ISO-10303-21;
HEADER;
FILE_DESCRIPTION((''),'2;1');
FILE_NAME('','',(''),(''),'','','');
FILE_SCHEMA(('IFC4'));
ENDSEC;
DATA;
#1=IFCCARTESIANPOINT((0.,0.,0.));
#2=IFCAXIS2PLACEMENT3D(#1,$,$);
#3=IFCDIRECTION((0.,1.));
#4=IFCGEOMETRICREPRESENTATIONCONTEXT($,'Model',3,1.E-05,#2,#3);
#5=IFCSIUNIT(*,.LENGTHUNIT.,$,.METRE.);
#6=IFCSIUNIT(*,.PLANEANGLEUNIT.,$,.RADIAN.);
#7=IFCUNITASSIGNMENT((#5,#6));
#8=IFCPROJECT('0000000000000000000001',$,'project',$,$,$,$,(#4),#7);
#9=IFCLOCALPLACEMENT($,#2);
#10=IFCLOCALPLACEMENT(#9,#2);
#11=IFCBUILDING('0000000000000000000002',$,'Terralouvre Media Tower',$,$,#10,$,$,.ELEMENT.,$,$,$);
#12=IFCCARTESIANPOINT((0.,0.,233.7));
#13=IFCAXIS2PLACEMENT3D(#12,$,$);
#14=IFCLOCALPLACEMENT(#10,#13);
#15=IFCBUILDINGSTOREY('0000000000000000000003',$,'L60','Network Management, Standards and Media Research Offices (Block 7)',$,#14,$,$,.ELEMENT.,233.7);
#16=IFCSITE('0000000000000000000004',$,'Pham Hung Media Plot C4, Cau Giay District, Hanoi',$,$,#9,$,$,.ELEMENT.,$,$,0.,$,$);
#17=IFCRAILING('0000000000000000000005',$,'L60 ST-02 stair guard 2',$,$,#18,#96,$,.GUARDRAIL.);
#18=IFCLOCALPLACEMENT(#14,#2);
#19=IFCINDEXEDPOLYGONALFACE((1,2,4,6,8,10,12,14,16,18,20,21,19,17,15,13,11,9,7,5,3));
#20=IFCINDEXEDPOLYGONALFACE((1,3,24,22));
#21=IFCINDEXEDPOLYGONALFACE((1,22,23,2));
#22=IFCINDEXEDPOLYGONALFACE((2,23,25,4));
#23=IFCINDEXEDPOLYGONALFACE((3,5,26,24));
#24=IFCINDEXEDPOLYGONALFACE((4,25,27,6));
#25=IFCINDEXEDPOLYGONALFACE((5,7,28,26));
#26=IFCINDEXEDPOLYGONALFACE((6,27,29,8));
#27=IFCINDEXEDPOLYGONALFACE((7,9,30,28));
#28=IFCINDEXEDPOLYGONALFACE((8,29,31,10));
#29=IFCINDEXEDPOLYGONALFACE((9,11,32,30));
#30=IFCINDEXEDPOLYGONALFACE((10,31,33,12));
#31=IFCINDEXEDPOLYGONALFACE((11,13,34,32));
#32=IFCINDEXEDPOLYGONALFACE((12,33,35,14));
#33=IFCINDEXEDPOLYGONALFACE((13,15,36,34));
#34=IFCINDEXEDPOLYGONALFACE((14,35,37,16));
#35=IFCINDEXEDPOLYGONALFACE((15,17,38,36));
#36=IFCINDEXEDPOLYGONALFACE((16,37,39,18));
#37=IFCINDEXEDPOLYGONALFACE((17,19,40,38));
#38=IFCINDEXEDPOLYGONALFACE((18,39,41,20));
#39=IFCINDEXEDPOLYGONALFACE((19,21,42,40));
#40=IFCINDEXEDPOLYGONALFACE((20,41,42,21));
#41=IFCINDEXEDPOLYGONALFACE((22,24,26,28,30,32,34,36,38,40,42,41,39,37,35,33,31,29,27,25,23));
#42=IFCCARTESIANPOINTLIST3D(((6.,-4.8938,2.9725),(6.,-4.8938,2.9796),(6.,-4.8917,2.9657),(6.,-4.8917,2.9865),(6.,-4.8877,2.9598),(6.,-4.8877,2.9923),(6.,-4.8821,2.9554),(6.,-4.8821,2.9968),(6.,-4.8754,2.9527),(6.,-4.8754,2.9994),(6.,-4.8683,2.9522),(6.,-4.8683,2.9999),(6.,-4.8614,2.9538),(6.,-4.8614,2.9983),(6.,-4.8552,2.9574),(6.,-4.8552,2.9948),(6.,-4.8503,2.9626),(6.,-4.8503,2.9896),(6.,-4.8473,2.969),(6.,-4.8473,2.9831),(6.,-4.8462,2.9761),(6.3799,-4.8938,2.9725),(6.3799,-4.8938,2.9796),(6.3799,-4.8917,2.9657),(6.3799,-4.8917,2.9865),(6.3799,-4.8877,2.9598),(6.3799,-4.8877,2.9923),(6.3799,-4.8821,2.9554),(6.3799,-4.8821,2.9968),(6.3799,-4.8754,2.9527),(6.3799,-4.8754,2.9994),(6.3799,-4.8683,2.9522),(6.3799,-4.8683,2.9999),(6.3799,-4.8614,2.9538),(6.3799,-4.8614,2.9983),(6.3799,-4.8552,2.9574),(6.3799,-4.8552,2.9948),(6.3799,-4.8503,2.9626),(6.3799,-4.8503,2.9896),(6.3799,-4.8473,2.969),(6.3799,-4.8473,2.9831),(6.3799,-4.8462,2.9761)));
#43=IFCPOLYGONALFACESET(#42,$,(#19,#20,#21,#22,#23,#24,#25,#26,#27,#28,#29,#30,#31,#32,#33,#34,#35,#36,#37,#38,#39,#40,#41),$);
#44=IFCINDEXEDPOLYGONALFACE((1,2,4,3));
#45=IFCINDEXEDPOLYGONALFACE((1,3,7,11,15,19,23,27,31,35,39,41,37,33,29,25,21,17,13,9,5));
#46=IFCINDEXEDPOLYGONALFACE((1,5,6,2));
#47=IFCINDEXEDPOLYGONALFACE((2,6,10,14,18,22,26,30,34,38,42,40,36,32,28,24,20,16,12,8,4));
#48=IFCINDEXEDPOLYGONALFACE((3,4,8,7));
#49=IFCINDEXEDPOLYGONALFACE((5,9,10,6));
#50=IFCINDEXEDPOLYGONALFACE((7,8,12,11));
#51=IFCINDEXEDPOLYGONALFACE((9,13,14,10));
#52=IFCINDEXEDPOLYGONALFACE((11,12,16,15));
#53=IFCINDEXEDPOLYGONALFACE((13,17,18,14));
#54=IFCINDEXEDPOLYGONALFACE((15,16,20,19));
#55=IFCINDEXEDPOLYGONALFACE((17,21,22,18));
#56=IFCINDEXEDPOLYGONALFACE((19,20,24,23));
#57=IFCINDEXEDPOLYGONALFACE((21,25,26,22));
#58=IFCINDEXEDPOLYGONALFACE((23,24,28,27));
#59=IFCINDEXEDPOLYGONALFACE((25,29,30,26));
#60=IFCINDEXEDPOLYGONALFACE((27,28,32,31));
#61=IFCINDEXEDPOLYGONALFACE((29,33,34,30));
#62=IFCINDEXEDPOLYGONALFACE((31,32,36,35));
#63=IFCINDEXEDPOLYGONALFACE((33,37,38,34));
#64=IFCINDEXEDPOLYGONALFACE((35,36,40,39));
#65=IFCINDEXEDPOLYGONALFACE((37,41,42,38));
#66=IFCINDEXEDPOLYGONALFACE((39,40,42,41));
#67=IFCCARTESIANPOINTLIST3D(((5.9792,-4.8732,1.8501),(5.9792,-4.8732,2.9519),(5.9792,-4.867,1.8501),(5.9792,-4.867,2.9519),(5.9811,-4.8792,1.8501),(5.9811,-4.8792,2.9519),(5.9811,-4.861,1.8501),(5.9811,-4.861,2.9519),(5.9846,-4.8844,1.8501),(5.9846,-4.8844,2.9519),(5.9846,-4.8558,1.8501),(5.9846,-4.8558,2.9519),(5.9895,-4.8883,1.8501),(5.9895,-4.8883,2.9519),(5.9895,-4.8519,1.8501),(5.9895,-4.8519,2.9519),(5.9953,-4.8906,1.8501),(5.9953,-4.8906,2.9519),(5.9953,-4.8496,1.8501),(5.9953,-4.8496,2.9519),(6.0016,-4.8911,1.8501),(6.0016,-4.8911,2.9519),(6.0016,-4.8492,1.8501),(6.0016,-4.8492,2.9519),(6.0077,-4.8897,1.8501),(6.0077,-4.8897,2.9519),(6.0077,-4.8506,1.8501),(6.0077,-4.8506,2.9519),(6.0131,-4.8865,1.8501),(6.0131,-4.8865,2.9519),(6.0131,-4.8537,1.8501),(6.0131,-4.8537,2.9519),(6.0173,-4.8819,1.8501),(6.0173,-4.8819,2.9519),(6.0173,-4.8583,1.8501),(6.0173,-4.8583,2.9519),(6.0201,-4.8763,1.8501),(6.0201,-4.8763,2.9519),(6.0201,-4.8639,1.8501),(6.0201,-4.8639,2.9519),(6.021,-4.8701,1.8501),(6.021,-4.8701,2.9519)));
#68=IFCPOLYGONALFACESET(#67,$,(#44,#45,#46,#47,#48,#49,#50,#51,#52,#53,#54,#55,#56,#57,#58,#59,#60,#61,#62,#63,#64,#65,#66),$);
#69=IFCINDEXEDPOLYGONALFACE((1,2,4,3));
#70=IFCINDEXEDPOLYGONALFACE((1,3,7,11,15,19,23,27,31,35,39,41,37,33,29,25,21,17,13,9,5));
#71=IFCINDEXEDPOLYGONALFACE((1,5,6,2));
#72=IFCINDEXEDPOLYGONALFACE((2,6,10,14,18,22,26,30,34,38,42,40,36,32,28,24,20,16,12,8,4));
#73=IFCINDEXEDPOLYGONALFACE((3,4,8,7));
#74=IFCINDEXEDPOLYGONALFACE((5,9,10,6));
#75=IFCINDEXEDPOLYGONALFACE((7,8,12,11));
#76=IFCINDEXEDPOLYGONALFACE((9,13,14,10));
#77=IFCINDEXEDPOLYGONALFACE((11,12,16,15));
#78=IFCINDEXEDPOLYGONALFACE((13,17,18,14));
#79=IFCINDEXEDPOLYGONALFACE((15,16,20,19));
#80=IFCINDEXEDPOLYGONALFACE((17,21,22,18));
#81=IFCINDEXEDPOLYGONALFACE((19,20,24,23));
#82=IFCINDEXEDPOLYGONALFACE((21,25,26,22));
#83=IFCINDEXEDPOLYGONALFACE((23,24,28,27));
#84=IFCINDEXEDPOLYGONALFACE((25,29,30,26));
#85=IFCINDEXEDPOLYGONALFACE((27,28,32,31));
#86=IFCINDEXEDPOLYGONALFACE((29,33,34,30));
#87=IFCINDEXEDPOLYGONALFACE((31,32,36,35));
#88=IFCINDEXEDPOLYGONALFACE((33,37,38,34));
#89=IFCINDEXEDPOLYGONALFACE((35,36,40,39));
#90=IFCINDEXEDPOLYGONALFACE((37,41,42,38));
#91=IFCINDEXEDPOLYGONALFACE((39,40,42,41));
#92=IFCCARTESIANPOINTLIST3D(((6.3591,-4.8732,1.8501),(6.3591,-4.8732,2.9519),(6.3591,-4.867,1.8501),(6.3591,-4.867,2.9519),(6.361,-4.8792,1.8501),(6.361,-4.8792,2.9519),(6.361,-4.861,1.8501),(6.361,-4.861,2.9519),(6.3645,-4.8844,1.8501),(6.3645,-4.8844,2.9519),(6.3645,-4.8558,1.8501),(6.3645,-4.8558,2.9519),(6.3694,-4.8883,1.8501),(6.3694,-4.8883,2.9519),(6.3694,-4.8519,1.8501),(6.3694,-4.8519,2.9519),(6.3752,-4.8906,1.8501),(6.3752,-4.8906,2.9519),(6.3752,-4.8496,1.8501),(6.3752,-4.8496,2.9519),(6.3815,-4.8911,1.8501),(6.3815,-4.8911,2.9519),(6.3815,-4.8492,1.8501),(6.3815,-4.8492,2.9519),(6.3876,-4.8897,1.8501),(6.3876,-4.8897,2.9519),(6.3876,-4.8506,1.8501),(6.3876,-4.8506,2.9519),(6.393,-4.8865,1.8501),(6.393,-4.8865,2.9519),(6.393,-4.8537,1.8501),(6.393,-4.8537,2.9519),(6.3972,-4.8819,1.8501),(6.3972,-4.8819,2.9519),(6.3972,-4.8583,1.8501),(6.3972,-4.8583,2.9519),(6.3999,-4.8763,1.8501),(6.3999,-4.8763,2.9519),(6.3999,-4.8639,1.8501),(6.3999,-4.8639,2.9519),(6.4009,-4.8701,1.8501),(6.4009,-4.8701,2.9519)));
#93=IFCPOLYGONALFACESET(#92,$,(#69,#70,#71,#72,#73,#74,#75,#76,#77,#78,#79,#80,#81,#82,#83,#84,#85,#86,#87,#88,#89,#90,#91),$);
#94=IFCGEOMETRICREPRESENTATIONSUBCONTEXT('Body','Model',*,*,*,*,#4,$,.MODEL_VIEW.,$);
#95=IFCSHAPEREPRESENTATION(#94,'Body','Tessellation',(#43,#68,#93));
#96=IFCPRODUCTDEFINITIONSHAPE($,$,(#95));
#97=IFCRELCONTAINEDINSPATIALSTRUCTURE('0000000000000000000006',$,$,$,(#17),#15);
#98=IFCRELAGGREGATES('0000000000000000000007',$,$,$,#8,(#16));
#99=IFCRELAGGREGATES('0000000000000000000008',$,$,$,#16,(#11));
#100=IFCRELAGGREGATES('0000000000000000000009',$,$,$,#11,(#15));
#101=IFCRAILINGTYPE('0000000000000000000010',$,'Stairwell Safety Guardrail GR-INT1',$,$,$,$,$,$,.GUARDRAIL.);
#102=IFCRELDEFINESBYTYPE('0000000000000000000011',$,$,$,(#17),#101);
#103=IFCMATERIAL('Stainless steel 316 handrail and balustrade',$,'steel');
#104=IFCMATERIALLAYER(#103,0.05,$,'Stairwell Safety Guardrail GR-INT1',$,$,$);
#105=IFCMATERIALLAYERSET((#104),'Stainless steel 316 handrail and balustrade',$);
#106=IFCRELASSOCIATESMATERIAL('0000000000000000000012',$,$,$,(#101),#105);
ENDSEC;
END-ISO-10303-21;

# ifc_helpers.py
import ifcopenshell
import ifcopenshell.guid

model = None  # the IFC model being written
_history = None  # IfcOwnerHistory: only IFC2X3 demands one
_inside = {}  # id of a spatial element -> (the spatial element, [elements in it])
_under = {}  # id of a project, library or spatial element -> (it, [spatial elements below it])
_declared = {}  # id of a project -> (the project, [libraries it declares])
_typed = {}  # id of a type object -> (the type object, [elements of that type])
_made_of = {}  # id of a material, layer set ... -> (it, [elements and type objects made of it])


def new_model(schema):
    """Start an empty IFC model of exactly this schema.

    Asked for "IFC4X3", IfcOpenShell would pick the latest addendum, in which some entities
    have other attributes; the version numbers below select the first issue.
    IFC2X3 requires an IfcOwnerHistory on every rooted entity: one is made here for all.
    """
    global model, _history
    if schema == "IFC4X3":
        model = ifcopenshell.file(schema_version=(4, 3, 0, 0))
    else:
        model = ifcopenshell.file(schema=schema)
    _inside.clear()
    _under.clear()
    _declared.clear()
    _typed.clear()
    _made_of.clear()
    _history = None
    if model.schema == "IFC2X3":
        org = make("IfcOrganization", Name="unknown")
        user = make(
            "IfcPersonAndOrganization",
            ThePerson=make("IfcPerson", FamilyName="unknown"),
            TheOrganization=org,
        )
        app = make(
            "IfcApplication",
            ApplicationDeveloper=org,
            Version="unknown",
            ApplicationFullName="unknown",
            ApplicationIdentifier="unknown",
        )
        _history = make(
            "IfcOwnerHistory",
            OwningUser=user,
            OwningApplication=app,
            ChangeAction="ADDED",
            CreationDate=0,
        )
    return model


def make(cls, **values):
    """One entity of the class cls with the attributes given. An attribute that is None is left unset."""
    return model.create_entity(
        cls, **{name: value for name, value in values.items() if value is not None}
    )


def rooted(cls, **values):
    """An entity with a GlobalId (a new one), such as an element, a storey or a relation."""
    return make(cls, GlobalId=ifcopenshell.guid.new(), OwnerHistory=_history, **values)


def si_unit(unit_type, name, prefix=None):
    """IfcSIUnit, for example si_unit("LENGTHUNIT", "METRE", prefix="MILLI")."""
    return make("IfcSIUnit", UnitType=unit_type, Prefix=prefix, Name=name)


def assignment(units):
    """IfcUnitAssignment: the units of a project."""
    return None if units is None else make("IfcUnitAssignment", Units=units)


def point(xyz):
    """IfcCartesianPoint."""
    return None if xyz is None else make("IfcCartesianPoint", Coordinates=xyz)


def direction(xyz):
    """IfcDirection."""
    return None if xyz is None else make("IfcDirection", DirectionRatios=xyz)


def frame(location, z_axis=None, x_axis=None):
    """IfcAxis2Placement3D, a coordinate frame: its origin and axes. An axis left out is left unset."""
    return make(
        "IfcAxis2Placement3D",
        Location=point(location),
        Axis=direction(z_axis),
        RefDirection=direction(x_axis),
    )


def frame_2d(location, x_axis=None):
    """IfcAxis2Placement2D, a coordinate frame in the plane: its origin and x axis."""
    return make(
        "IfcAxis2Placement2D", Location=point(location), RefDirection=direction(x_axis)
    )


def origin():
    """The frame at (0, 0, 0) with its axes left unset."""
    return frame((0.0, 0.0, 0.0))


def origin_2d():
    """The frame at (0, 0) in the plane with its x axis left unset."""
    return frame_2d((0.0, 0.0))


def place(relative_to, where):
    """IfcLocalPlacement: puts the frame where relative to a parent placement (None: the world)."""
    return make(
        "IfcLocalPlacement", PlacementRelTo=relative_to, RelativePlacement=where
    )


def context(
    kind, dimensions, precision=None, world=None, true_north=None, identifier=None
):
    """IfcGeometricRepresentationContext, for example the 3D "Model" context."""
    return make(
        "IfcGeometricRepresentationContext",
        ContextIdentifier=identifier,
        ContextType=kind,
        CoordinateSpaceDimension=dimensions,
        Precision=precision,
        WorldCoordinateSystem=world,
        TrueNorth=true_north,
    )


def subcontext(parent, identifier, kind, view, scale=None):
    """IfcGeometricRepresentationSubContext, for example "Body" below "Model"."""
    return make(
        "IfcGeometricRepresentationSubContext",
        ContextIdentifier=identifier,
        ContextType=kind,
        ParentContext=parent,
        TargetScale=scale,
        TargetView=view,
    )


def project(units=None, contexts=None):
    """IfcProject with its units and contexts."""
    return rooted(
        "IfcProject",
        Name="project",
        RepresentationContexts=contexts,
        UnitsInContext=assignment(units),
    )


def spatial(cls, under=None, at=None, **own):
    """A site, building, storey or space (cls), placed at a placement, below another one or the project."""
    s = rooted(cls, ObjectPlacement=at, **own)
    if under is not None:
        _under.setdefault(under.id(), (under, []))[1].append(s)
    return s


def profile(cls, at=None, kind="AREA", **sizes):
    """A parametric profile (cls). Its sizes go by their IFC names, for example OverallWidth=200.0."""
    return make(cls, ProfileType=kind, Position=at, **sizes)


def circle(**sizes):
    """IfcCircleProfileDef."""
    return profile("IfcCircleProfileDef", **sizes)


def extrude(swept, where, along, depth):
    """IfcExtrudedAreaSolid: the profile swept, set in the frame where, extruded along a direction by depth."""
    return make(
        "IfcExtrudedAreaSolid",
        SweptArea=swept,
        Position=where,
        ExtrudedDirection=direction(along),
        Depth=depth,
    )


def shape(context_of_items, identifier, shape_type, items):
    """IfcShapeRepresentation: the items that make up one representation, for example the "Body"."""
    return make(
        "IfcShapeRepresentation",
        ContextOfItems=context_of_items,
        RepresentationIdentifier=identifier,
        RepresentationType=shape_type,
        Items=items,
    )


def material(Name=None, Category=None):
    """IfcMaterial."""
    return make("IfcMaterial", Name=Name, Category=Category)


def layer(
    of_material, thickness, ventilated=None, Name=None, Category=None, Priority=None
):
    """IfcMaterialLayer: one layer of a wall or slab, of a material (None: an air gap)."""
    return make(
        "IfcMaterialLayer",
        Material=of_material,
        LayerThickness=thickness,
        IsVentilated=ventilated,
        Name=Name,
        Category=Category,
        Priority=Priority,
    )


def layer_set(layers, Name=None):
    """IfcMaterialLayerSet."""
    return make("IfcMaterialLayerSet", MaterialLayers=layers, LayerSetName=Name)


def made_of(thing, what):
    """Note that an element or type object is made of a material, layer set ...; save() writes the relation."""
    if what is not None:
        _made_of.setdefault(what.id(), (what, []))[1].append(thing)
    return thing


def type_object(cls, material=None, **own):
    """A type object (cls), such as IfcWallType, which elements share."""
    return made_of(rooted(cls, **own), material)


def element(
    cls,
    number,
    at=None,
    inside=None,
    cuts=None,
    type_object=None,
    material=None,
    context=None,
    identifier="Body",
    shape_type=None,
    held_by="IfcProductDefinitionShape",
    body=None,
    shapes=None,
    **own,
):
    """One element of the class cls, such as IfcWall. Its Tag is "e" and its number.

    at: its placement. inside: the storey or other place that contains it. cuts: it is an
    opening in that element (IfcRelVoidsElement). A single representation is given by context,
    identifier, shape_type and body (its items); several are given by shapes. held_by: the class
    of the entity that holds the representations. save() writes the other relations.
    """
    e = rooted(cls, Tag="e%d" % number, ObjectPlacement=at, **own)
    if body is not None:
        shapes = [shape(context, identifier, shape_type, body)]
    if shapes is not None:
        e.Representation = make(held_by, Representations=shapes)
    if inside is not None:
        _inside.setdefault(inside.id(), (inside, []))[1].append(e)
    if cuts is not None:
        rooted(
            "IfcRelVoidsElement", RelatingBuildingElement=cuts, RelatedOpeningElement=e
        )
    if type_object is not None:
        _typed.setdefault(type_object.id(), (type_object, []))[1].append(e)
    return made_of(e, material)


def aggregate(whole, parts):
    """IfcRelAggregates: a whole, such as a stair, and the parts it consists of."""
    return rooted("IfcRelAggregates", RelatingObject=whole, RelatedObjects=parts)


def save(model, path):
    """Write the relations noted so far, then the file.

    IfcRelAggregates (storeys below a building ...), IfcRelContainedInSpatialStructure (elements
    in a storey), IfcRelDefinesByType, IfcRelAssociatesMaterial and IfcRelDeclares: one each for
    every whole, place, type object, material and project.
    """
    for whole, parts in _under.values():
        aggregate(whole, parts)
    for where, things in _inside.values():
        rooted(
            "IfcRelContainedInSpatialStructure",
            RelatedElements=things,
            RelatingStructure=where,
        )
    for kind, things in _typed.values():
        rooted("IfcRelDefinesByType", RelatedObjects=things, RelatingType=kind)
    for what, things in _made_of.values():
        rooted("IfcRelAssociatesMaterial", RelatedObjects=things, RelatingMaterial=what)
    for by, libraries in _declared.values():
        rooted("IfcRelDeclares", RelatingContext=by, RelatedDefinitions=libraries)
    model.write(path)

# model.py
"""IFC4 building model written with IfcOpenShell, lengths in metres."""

from ifc_helpers import new_model, si_unit, direction, frame, origin, origin_2d, place, context, subcontext, project, spatial, circle, extrude, material, layer, layer_set, type_object, element, save


model = new_model("IFC4")

# Units and contexts
model_context = context("Model", 3, precision=1e-05, world=origin(), true_north=direction((0.0, 1.0)))
body_context = subcontext(model_context, "Body", "Model", "MODEL_VIEW")
ifc_project = project(units=[si_unit("LENGTHUNIT", "METRE"), si_unit("PLANEANGLEUNIT", "RADIAN")], contexts=[model_context])

# Site, building, storey
site_placement = place(None, origin())
site = spatial("IfcSite", under=ifc_project, at=site_placement, Name="Pham Hung Media Plot C4, Cau Giay District, Hanoi", CompositionType="ELEMENT", RefElevation=0.0)
building_placement = place(site_placement, origin())
building = spatial("IfcBuilding", under=site, at=building_placement, Name="Terralouvre Media Tower", CompositionType="ELEMENT")
storey_placement = place(building_placement, frame((0.0, 0.0, 233.7)))
storey = spatial("IfcBuildingStorey", under=building, at=storey_placement, Name="L60", Description="Network Management, Standards and Media Research Offices (Block 7)", CompositionType="ELEMENT", Elevation=233.7)

# Railing
ifc_material_1 = material(Name="Stainless steel 316 handrail and balustrade", Category="steel")
ifc_layer_1 = layer(ifc_material_1, 0.05, Name="Stairwell Safety Guardrail GR-INT1")
ifc_layer_set_1 = layer_set([ifc_layer_1], Name="Stainless steel 316 handrail and balustrade")
railing_type_1 = type_object("IfcRailingType", Name="Stairwell Safety Guardrail GR-INT1", PredefinedType="GUARDRAIL", material=ifc_layer_set_1)
railing_1_placement = place(storey_placement, frame((6.0, -4.8701, 1.8501)))
element("IfcRailing", 1, at=railing_1_placement, inside=storey, type_object=railing_type_1, Name="L60 ST-02 stair guard 2", PredefinedType="GUARDRAIL", context=body_context, shape_type="SweptSolid", body=[
    extrude(circle(Radius=0.0239, at=origin_2d()), frame((0.0, 0.0, 1.126), z_axis=(1.0, 0.0, 0.0), x_axis=(0.0, 1.0, 0.0)), (0.0, 0.0, 1.0), 0.3799),
    extrude(circle(Radius=0.021, at=origin_2d()), origin(), (0.0, 0.0, 1.0), 1.1018),
    extrude(circle(Radius=0.021, at=origin_2d()), frame((0.3799, 0.0, 0.0)), (0.0, 0.0, 1.0), 1.1018),
])

save(model, "model.ifc")
